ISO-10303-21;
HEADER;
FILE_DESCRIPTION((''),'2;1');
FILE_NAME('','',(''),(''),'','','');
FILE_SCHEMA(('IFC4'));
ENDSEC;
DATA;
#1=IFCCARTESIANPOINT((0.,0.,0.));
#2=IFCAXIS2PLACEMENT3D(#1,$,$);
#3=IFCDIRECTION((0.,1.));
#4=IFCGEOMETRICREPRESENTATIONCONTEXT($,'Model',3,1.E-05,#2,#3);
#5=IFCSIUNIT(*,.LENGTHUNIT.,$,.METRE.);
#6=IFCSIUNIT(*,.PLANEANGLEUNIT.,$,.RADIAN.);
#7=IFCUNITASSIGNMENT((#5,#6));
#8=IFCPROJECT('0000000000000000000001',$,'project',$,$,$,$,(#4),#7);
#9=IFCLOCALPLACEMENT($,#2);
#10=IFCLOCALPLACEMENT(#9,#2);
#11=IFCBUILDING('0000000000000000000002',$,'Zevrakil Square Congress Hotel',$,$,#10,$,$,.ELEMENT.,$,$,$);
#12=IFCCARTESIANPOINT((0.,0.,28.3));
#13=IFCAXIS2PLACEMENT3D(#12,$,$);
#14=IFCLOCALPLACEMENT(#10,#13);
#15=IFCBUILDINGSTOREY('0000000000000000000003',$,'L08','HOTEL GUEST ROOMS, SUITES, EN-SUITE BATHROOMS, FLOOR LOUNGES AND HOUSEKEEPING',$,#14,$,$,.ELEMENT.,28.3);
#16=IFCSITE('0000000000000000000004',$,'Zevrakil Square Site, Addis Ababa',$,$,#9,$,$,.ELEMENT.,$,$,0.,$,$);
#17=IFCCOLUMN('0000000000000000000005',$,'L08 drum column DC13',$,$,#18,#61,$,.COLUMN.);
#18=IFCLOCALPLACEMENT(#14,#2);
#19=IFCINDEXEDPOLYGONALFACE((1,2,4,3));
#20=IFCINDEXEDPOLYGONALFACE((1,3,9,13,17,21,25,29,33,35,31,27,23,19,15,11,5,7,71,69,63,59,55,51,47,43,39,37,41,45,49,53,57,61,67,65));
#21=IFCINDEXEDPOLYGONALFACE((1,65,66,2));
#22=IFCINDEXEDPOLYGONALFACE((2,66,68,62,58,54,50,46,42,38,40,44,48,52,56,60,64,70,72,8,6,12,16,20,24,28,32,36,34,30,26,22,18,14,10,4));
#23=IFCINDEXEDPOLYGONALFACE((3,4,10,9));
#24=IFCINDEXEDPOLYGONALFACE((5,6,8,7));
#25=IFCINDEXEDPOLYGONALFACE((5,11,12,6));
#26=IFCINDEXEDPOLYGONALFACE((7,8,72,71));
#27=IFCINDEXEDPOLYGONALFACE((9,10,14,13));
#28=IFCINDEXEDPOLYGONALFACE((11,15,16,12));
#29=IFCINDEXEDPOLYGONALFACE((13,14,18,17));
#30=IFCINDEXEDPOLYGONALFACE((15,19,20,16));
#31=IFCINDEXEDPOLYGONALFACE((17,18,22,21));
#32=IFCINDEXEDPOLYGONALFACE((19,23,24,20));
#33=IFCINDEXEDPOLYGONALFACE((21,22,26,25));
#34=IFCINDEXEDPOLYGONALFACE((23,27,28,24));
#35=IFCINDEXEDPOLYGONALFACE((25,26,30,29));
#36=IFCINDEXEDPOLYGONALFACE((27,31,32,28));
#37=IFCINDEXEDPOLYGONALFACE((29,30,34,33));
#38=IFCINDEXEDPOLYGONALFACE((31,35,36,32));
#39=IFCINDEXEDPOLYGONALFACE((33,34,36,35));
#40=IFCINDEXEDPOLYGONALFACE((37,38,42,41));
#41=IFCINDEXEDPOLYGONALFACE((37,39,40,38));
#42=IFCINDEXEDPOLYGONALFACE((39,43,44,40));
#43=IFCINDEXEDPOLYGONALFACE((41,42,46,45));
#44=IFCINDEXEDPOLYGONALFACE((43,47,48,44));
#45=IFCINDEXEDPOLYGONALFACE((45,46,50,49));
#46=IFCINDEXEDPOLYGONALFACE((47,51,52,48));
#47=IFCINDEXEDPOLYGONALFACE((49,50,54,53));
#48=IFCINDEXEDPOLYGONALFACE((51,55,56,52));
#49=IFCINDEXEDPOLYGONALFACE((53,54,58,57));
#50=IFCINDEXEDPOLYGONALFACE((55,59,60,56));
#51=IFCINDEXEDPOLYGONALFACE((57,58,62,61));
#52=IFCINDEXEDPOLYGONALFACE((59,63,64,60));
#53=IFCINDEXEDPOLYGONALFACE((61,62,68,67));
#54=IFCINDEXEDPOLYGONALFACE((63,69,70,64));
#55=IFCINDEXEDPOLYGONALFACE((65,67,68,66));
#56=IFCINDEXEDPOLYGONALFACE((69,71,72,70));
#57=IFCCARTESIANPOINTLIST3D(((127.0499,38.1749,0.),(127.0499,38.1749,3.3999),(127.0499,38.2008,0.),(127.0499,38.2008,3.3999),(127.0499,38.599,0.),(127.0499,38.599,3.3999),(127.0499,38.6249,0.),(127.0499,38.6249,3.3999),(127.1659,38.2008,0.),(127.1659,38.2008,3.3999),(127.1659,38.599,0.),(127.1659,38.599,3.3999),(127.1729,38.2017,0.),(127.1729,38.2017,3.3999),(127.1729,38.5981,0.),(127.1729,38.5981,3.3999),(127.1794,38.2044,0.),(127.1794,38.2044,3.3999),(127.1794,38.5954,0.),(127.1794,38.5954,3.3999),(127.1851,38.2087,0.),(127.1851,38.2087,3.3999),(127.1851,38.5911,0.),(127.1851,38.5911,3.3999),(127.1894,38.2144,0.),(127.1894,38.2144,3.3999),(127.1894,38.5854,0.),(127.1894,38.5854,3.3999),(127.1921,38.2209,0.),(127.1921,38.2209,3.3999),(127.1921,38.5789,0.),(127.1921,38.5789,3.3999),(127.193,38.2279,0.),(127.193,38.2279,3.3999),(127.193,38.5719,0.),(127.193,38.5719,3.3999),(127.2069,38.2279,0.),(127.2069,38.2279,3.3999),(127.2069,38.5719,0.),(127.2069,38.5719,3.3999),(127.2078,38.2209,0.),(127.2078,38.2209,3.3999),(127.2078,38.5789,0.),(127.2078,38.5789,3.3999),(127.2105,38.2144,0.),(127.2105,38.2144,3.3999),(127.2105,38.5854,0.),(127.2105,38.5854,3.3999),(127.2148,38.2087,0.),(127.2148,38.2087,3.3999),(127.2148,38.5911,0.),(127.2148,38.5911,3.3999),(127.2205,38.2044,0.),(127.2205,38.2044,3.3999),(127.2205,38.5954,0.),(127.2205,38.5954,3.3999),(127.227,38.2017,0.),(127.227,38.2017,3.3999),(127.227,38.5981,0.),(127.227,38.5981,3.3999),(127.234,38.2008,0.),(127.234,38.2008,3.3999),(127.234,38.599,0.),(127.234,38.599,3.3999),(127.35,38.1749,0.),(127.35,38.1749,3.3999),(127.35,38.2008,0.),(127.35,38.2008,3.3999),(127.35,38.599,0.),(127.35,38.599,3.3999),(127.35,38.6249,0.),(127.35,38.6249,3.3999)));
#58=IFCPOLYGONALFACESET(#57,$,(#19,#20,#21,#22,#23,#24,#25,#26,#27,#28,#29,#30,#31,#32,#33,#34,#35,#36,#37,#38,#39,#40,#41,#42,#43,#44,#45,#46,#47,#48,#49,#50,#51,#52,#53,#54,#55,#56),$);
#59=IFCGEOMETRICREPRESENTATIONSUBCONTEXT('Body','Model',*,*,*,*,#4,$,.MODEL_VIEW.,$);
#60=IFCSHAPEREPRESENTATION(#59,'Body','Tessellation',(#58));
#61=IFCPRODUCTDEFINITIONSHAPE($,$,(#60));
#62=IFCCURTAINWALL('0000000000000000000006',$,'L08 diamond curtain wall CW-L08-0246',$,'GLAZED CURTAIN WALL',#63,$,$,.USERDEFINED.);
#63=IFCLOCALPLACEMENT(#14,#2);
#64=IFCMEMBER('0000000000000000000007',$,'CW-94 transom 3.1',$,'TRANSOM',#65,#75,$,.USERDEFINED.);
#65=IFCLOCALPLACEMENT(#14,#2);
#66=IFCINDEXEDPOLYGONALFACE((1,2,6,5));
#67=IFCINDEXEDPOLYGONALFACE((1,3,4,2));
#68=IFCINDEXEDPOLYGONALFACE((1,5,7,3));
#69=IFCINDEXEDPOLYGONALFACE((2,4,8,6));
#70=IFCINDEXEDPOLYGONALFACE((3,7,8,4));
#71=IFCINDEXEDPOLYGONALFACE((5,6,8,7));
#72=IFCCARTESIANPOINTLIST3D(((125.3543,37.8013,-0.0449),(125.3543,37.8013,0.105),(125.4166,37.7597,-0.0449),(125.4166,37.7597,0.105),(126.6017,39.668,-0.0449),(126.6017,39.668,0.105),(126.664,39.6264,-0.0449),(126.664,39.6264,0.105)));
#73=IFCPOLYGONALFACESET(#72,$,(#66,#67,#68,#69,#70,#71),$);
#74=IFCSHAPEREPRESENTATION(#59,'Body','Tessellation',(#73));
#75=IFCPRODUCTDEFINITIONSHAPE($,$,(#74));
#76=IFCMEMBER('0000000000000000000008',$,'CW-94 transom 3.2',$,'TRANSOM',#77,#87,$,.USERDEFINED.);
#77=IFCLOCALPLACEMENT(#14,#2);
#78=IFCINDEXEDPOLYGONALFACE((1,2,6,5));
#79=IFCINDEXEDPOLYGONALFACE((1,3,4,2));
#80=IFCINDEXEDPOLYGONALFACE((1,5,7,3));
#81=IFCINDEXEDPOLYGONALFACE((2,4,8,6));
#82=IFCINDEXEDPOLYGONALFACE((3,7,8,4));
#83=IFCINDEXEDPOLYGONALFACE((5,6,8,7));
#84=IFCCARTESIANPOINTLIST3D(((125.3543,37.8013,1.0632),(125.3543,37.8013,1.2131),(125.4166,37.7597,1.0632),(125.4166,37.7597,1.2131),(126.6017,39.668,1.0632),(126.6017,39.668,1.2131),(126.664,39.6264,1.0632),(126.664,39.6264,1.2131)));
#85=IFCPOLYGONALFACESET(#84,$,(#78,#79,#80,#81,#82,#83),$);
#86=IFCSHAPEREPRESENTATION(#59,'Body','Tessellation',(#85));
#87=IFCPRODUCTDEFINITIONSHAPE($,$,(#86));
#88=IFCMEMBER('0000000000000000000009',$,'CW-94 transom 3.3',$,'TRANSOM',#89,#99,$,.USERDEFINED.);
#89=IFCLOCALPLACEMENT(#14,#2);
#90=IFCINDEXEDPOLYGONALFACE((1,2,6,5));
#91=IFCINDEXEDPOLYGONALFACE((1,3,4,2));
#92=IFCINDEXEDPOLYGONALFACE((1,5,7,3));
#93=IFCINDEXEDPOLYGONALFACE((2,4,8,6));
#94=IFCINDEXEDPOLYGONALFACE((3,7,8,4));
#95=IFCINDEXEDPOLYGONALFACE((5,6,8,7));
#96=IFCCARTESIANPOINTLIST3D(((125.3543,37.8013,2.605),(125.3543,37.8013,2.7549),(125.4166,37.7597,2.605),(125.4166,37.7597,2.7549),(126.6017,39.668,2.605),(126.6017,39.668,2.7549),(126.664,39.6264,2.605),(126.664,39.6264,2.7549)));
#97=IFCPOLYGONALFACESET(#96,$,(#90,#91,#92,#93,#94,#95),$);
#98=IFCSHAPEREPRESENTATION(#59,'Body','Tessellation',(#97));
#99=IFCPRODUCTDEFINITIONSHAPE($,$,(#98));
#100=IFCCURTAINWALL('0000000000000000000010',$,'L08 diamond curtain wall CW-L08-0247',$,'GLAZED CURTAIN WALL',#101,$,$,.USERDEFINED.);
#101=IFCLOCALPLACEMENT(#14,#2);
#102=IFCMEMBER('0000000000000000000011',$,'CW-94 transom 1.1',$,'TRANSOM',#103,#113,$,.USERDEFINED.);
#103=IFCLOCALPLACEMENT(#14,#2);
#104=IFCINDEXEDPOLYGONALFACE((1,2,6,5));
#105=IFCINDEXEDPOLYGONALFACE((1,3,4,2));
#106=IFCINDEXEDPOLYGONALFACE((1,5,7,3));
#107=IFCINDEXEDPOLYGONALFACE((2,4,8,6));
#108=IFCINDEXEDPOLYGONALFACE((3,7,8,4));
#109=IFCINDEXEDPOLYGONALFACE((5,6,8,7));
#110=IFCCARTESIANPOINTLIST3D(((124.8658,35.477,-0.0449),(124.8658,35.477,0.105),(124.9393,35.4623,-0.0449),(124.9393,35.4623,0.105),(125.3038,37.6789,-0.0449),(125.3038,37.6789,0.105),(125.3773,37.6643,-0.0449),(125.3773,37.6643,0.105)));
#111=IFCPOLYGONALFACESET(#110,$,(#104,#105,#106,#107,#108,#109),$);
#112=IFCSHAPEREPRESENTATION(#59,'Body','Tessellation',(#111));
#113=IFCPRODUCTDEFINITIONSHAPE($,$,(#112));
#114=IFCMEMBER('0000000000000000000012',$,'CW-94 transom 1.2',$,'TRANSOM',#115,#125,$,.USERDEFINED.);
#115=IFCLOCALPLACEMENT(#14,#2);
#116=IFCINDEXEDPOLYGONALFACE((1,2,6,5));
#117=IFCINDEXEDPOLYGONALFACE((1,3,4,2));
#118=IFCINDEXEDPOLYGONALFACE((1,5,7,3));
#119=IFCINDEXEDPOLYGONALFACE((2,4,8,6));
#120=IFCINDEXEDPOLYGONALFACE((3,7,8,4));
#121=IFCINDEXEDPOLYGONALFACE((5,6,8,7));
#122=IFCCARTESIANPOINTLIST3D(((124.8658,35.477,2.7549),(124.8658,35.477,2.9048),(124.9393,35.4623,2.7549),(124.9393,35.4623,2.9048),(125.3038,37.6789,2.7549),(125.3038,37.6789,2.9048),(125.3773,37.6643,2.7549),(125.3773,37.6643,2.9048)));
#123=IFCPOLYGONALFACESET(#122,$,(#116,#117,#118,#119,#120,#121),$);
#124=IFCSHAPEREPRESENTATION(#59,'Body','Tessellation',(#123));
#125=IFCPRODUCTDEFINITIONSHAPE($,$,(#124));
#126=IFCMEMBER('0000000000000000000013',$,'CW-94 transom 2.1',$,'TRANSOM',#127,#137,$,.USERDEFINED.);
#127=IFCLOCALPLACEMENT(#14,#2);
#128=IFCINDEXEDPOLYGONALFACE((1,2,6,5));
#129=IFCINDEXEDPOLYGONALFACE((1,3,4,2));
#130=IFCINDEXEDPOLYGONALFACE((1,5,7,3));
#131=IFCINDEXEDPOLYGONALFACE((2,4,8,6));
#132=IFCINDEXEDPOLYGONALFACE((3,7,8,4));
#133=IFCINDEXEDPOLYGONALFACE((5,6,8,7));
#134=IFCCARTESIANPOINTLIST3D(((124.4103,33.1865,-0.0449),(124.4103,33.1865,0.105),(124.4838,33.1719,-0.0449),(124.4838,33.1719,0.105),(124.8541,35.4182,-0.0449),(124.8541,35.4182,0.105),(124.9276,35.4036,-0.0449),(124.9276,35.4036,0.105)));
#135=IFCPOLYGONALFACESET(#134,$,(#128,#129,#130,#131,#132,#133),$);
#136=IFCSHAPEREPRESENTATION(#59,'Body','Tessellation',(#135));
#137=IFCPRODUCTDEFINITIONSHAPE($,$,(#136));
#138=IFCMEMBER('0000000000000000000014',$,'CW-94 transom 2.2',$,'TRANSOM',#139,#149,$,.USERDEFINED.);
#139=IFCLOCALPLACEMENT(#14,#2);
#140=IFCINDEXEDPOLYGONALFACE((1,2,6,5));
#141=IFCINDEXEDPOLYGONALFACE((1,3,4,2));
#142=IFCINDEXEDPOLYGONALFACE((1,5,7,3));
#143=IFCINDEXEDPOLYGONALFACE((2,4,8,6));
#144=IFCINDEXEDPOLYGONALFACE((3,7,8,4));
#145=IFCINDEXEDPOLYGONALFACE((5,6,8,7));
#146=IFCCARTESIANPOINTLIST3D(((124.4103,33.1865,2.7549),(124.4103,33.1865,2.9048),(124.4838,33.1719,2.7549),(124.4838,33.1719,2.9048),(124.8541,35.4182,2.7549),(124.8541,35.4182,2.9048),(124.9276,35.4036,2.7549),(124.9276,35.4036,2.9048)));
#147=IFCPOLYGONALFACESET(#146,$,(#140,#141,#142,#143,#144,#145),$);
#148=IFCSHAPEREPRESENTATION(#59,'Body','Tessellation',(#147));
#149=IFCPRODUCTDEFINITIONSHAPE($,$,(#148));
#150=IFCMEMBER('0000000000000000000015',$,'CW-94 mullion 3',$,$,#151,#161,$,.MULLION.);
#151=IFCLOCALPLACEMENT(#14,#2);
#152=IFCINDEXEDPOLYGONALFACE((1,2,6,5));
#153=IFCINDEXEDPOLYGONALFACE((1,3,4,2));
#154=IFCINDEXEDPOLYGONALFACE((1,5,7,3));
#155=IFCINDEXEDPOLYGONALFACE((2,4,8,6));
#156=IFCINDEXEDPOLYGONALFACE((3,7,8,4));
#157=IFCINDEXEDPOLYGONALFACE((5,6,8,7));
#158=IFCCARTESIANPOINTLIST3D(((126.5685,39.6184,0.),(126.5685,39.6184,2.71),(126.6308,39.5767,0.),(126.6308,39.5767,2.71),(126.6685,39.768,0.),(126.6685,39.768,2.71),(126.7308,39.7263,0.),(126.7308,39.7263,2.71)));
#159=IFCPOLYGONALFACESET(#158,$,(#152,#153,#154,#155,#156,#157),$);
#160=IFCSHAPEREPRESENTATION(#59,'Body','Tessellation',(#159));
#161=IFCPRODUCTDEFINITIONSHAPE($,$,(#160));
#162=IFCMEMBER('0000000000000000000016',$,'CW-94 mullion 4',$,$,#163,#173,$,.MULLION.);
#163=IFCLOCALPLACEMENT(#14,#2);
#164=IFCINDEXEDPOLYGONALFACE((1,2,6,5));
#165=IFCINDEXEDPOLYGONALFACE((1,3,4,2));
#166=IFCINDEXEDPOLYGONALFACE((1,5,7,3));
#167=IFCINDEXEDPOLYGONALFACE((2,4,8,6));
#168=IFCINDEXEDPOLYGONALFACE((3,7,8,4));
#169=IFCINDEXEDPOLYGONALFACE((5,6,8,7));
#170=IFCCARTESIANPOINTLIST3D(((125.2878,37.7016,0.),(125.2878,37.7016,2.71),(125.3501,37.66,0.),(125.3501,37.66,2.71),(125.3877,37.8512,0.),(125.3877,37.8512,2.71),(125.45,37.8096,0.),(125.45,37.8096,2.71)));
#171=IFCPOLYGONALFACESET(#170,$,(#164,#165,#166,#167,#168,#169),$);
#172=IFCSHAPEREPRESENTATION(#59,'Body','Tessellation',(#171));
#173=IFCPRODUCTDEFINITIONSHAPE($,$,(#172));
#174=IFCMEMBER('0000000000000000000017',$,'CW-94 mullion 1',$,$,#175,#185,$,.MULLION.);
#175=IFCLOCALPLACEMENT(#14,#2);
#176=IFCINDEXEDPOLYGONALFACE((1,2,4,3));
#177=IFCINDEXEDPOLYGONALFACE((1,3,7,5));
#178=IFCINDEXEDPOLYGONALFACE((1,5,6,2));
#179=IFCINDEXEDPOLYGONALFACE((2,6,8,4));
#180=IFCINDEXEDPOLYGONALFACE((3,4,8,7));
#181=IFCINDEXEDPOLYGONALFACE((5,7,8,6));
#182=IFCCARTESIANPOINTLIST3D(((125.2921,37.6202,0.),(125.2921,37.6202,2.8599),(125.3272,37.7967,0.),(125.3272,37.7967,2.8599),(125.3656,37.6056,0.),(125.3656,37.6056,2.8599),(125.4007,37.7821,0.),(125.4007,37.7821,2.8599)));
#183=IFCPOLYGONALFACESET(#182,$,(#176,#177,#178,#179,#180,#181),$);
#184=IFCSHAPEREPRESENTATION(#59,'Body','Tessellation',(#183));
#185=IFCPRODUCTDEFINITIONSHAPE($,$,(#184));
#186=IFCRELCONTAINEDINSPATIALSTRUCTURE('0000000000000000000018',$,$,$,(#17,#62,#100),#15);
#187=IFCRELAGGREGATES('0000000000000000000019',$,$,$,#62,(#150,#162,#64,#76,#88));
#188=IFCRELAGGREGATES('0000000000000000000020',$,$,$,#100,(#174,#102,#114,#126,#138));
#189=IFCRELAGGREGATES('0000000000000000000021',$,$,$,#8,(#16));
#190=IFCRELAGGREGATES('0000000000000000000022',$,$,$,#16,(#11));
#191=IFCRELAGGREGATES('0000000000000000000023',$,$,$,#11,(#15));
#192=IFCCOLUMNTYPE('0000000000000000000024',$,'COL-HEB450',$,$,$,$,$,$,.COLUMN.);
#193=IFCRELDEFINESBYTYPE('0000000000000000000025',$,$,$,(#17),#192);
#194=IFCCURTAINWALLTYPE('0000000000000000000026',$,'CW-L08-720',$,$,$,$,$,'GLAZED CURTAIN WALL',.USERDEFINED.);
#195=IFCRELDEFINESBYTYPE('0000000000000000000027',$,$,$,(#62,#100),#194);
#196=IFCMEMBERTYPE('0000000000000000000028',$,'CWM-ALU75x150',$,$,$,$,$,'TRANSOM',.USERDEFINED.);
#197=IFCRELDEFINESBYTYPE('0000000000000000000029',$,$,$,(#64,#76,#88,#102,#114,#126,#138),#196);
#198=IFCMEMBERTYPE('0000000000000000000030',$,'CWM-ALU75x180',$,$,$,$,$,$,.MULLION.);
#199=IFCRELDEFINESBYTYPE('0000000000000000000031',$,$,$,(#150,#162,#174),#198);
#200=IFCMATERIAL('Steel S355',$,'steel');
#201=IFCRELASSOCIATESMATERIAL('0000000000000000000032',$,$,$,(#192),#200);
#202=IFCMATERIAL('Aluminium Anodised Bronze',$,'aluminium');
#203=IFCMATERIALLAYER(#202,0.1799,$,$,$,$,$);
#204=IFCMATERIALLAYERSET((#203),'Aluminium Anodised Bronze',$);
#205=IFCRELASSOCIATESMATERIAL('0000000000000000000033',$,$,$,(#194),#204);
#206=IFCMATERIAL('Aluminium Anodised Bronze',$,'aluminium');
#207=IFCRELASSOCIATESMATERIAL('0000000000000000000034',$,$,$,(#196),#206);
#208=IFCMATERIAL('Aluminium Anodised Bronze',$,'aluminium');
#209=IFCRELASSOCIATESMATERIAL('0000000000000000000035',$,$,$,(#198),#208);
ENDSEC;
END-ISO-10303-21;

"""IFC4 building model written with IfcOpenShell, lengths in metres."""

from ifc_helpers import new_model, si_unit, direction, frame, origin, origin_2d, place, context, subcontext, project, spatial, rectangle, i_section, extrude, material, layer, layer_set, material_profile, profile_set, type_object, element, aggregate, save


model = new_model("IFC4")

# Units and contexts
model_context = context("Model", 3, precision=1e-05, world=origin(), true_north=direction((0.0, 1.0)))
body_context = subcontext(model_context, "Body", "Model", "MODEL_VIEW")
ifc_project = project(units=[si_unit("LENGTHUNIT", "METRE"), si_unit("PLANEANGLEUNIT", "RADIAN")], contexts=[model_context])

# Site, building, storey
site_placement = place(None, origin())
site = spatial("IfcSite", under=ifc_project, at=site_placement, Name="Zevrakil Square Site, Addis Ababa", CompositionType="ELEMENT", RefElevation=0.0)
building_placement = place(site_placement, origin())
building = spatial("IfcBuilding", under=site, at=building_placement, Name="Zevrakil Square Congress Hotel", CompositionType="ELEMENT")
storey_placement = place(building_placement, frame((0.0, 0.0, 28.3)))
storey = spatial("IfcBuildingStorey", under=building, at=storey_placement, Name="L08", Description="HOTEL GUEST ROOMS, SUITES, EN-SUITE BATHROOMS, FLOOR LOUNGES AND HOUSEKEEPING", CompositionType="ELEMENT", Elevation=28.3)

# Column
ifc_material_1 = material(Name="Steel S355", Category="steel")
ifc_material_profile_1 = material_profile(ifc_material_1, i_section(OverallWidth=0.3, OverallDepth=0.45, WebThickness=0.0139, FlangeThickness=0.0259, FilletRadius=0.0271, at=origin_2d()), Name="HEB 450")
ifc_profile_set_1 = profile_set([ifc_material_profile_1], Name="Steel S355")
column_type = type_object("IfcColumnType", Name="COL-HEB450", PredefinedType="COLUMN", material=ifc_profile_set_1)
column_placement = place(storey_placement, frame((127.2, 38.3999, 0.0), z_axis=(0.0, 0.0, 1.0), x_axis=(1.0, 0.0, 0.0)))
element("IfcColumn", 1, at=column_placement, inside=storey, type_object=column_type, Name="L08 drum column DC13", PredefinedType="COLUMN", context=body_context, shape_type="SweptSolid", body=[
    extrude(i_section(OverallWidth=0.3, OverallDepth=0.45, WebThickness=0.0139, FlangeThickness=0.0259, FilletRadius=0.0271, at=origin_2d()), origin(), (0.0, 0.0, 1.0), 3.3999),
])

# Curtain walls, members
ifc_material_2 = material(Name="Aluminium Anodised Bronze", Category="aluminium")
ifc_layer_1 = layer(ifc_material_2, 0.1799)
ifc_layer_set_1 = layer_set([ifc_layer_1], Name="Aluminium Anodised Bronze")
curtain_wall_type = type_object("IfcCurtainWallType", Name="CW-L08-720", ElementType="GLAZED CURTAIN WALL", PredefinedType="USERDEFINED", material=ifc_layer_set_1)
curtain_wall_1_placement = place(storey_placement, origin())
curtain_wall_1 = element("IfcCurtainWall", 2, at=curtain_wall_1_placement, inside=storey, type_object=curtain_wall_type, Name="L08 diamond curtain wall CW-L08-0246", ObjectType="GLAZED CURTAIN WALL", PredefinedType="USERDEFINED")
ifc_material_3 = material(Name="Aluminium Anodised Bronze", Category="aluminium")
ifc_material_profile_2 = material_profile(ifc_material_3, rectangle(XDim=0.075, YDim=0.1499, at=origin_2d()), Name="ALU 75x150")
ifc_profile_set_2 = profile_set([ifc_material_profile_2], Name="Aluminium Anodised Bronze")
member_type_1 = type_object("IfcMemberType", Name="CWM-ALU75x150", ElementType="TRANSOM", PredefinedType="USERDEFINED", material=ifc_profile_set_2)
member_1_placement = place(storey_placement, frame((126.6328, 39.6472, 0.03), z_axis=(-0.555578, -0.831464, 0.0), x_axis=(0.831464, -0.555578, 0.0)))
member_1 = element("IfcMember", 3, at=member_1_placement, type_object=member_type_1, Name="CW-94 transom 3.1", ObjectType="TRANSOM", PredefinedType="USERDEFINED", context=body_context, shape_type="SweptSolid", body=[
    extrude(rectangle(XDim=0.075, YDim=0.1499, at=origin_2d()), origin(), (0.0, 0.0, 1.0), 2.2451),
])
member_2_placement = place(storey_placement, frame((126.6328, 39.6472, 1.1382), z_axis=(-0.555578, -0.831464, 0.0), x_axis=(0.831464, -0.555578, 0.0)))
member_2 = element("IfcMember", 4, at=member_2_placement, type_object=member_type_1, Name="CW-94 transom 3.2", ObjectType="TRANSOM", PredefinedType="USERDEFINED", context=body_context, shape_type="SweptSolid", body=[
    extrude(rectangle(XDim=0.075, YDim=0.1499, at=origin_2d()), origin(), (0.0, 0.0, 1.0), 2.2451),
])
member_3_placement = place(storey_placement, frame((126.6328, 39.6472, 2.6799), z_axis=(-0.555578, -0.831464, 0.0), x_axis=(0.831464, -0.555578, 0.0)))
member_3 = element("IfcMember", 5, at=member_3_placement, type_object=member_type_1, Name="CW-94 transom 3.3", ObjectType="TRANSOM", PredefinedType="USERDEFINED", context=body_context, shape_type="SweptSolid", body=[
    extrude(rectangle(XDim=0.075, YDim=0.1499, at=origin_2d()), origin(), (0.0, 0.0, 1.0), 2.2451),
])
curtain_wall_2_placement = place(storey_placement, origin())
curtain_wall_2 = element("IfcCurtainWall", 6, at=curtain_wall_2_placement, inside=storey, type_object=curtain_wall_type, Name="L08 diamond curtain wall CW-L08-0247", ObjectType="GLAZED CURTAIN WALL", PredefinedType="USERDEFINED")
member_4_placement = place(storey_placement, frame((125.3406, 37.6716, 0.03), z_axis=(-0.195091, -0.980785, 0.0), x_axis=(0.980785, -0.195091, 0.0)))
member_4 = element("IfcMember", 7, at=member_4_placement, type_object=member_type_1, Name="CW-94 transom 1.1", ObjectType="TRANSOM", PredefinedType="USERDEFINED", context=body_context, shape_type="SweptSolid", body=[
    extrude(rectangle(XDim=0.075, YDim=0.1499, at=origin_2d()), origin(), (0.0, 0.0, 1.0), 2.2451),
])
member_5_placement = place(storey_placement, frame((125.3406, 37.6716, 2.8298), z_axis=(-0.195091, -0.980785, 0.0), x_axis=(0.980785, -0.195091, 0.0)))
member_5 = element("IfcMember", 8, at=member_5_placement, type_object=member_type_1, Name="CW-94 transom 1.2", ObjectType="TRANSOM", PredefinedType="USERDEFINED", context=body_context, shape_type="SweptSolid", body=[
    extrude(rectangle(XDim=0.075, YDim=0.1499, at=origin_2d()), origin(), (0.0, 0.0, 1.0), 2.2451),
])
member_6_placement = place(storey_placement, frame((124.8909, 35.4109, 0.03), z_axis=(-0.195064, -0.980791, 0.0), x_axis=(0.980791, -0.195064, 0.0)))
member_6 = element("IfcMember", 9, at=member_6_placement, type_object=member_type_1, Name="CW-94 transom 2.1", ObjectType="TRANSOM", PredefinedType="USERDEFINED", context=body_context, shape_type="SweptSolid", body=[
    extrude(rectangle(XDim=0.075, YDim=0.1499, at=origin_2d()), origin(), (0.0, 0.0, 1.0), 2.2754),
])
member_7_placement = place(storey_placement, frame((124.8909, 35.4109, 2.8298), z_axis=(-0.195064, -0.980791, 0.0), x_axis=(0.980791, -0.195064, 0.0)))
member_7 = element("IfcMember", 10, at=member_7_placement, type_object=member_type_1, Name="CW-94 transom 2.2", ObjectType="TRANSOM", PredefinedType="USERDEFINED", context=body_context, shape_type="SweptSolid", body=[
    extrude(rectangle(XDim=0.075, YDim=0.1499, at=origin_2d()), origin(), (0.0, 0.0, 1.0), 2.2754),
])

# Members
ifc_material_4 = material(Name="Aluminium Anodised Bronze", Category="aluminium")
ifc_material_profile_3 = material_profile(ifc_material_4, rectangle(XDim=0.075, YDim=0.1799, at=origin_2d()), Name="ALU 75x180")
ifc_profile_set_3 = profile_set([ifc_material_profile_3], Name="Aluminium Anodised Bronze")
member_type_2 = type_object("IfcMemberType", Name="CWM-ALU75x180", PredefinedType="MULLION", material=ifc_profile_set_3)
member_8_placement = place(storey_placement, frame((126.6497, 39.6724, 0.0), z_axis=(0.0, 0.0, 1.0), x_axis=(0.831466, -0.555576, 0.0)))
member_8 = element("IfcMember", 11, at=member_8_placement, type_object=member_type_2, Name="CW-94 mullion 3", PredefinedType="MULLION", context=body_context, shape_type="SweptSolid", body=[
    extrude(rectangle(XDim=0.075, YDim=0.1799, at=origin_2d()), origin(), (0.0, 0.0, 1.0), 2.71),
])
member_9_placement = place(storey_placement, frame((125.3689, 37.7556, 0.0), z_axis=(0.0, 0.0, 1.0), x_axis=(0.831466, -0.555576, 0.0)))
member_9 = element("IfcMember", 12, at=member_9_placement, type_object=member_type_2, Name="CW-94 mullion 4", PredefinedType="MULLION", context=body_context, shape_type="SweptSolid", body=[
    extrude(rectangle(XDim=0.075, YDim=0.1799, at=origin_2d()), origin(), (0.0, 0.0, 1.0), 2.71),
])
member_10_placement = place(storey_placement, frame((125.3464, 37.7012, 0.0), z_axis=(0.0, 0.0, 1.0), x_axis=(0.980787, -0.195084, 0.0)))
member_10 = element("IfcMember", 13, at=member_10_placement, type_object=member_type_2, Name="CW-94 mullion 1", PredefinedType="MULLION", context=body_context, shape_type="SweptSolid", body=[
    extrude(rectangle(XDim=0.075, YDim=0.1799, at=origin_2d()), origin(), (0.0, 0.0, 1.0), 2.8599),
])

aggregate(curtain_wall_1, [member_8, member_9, member_1, member_2, member_3])
aggregate(curtain_wall_2, [member_10, member_4, member_5, member_6, member_7])

save(model, "model.ifc")
